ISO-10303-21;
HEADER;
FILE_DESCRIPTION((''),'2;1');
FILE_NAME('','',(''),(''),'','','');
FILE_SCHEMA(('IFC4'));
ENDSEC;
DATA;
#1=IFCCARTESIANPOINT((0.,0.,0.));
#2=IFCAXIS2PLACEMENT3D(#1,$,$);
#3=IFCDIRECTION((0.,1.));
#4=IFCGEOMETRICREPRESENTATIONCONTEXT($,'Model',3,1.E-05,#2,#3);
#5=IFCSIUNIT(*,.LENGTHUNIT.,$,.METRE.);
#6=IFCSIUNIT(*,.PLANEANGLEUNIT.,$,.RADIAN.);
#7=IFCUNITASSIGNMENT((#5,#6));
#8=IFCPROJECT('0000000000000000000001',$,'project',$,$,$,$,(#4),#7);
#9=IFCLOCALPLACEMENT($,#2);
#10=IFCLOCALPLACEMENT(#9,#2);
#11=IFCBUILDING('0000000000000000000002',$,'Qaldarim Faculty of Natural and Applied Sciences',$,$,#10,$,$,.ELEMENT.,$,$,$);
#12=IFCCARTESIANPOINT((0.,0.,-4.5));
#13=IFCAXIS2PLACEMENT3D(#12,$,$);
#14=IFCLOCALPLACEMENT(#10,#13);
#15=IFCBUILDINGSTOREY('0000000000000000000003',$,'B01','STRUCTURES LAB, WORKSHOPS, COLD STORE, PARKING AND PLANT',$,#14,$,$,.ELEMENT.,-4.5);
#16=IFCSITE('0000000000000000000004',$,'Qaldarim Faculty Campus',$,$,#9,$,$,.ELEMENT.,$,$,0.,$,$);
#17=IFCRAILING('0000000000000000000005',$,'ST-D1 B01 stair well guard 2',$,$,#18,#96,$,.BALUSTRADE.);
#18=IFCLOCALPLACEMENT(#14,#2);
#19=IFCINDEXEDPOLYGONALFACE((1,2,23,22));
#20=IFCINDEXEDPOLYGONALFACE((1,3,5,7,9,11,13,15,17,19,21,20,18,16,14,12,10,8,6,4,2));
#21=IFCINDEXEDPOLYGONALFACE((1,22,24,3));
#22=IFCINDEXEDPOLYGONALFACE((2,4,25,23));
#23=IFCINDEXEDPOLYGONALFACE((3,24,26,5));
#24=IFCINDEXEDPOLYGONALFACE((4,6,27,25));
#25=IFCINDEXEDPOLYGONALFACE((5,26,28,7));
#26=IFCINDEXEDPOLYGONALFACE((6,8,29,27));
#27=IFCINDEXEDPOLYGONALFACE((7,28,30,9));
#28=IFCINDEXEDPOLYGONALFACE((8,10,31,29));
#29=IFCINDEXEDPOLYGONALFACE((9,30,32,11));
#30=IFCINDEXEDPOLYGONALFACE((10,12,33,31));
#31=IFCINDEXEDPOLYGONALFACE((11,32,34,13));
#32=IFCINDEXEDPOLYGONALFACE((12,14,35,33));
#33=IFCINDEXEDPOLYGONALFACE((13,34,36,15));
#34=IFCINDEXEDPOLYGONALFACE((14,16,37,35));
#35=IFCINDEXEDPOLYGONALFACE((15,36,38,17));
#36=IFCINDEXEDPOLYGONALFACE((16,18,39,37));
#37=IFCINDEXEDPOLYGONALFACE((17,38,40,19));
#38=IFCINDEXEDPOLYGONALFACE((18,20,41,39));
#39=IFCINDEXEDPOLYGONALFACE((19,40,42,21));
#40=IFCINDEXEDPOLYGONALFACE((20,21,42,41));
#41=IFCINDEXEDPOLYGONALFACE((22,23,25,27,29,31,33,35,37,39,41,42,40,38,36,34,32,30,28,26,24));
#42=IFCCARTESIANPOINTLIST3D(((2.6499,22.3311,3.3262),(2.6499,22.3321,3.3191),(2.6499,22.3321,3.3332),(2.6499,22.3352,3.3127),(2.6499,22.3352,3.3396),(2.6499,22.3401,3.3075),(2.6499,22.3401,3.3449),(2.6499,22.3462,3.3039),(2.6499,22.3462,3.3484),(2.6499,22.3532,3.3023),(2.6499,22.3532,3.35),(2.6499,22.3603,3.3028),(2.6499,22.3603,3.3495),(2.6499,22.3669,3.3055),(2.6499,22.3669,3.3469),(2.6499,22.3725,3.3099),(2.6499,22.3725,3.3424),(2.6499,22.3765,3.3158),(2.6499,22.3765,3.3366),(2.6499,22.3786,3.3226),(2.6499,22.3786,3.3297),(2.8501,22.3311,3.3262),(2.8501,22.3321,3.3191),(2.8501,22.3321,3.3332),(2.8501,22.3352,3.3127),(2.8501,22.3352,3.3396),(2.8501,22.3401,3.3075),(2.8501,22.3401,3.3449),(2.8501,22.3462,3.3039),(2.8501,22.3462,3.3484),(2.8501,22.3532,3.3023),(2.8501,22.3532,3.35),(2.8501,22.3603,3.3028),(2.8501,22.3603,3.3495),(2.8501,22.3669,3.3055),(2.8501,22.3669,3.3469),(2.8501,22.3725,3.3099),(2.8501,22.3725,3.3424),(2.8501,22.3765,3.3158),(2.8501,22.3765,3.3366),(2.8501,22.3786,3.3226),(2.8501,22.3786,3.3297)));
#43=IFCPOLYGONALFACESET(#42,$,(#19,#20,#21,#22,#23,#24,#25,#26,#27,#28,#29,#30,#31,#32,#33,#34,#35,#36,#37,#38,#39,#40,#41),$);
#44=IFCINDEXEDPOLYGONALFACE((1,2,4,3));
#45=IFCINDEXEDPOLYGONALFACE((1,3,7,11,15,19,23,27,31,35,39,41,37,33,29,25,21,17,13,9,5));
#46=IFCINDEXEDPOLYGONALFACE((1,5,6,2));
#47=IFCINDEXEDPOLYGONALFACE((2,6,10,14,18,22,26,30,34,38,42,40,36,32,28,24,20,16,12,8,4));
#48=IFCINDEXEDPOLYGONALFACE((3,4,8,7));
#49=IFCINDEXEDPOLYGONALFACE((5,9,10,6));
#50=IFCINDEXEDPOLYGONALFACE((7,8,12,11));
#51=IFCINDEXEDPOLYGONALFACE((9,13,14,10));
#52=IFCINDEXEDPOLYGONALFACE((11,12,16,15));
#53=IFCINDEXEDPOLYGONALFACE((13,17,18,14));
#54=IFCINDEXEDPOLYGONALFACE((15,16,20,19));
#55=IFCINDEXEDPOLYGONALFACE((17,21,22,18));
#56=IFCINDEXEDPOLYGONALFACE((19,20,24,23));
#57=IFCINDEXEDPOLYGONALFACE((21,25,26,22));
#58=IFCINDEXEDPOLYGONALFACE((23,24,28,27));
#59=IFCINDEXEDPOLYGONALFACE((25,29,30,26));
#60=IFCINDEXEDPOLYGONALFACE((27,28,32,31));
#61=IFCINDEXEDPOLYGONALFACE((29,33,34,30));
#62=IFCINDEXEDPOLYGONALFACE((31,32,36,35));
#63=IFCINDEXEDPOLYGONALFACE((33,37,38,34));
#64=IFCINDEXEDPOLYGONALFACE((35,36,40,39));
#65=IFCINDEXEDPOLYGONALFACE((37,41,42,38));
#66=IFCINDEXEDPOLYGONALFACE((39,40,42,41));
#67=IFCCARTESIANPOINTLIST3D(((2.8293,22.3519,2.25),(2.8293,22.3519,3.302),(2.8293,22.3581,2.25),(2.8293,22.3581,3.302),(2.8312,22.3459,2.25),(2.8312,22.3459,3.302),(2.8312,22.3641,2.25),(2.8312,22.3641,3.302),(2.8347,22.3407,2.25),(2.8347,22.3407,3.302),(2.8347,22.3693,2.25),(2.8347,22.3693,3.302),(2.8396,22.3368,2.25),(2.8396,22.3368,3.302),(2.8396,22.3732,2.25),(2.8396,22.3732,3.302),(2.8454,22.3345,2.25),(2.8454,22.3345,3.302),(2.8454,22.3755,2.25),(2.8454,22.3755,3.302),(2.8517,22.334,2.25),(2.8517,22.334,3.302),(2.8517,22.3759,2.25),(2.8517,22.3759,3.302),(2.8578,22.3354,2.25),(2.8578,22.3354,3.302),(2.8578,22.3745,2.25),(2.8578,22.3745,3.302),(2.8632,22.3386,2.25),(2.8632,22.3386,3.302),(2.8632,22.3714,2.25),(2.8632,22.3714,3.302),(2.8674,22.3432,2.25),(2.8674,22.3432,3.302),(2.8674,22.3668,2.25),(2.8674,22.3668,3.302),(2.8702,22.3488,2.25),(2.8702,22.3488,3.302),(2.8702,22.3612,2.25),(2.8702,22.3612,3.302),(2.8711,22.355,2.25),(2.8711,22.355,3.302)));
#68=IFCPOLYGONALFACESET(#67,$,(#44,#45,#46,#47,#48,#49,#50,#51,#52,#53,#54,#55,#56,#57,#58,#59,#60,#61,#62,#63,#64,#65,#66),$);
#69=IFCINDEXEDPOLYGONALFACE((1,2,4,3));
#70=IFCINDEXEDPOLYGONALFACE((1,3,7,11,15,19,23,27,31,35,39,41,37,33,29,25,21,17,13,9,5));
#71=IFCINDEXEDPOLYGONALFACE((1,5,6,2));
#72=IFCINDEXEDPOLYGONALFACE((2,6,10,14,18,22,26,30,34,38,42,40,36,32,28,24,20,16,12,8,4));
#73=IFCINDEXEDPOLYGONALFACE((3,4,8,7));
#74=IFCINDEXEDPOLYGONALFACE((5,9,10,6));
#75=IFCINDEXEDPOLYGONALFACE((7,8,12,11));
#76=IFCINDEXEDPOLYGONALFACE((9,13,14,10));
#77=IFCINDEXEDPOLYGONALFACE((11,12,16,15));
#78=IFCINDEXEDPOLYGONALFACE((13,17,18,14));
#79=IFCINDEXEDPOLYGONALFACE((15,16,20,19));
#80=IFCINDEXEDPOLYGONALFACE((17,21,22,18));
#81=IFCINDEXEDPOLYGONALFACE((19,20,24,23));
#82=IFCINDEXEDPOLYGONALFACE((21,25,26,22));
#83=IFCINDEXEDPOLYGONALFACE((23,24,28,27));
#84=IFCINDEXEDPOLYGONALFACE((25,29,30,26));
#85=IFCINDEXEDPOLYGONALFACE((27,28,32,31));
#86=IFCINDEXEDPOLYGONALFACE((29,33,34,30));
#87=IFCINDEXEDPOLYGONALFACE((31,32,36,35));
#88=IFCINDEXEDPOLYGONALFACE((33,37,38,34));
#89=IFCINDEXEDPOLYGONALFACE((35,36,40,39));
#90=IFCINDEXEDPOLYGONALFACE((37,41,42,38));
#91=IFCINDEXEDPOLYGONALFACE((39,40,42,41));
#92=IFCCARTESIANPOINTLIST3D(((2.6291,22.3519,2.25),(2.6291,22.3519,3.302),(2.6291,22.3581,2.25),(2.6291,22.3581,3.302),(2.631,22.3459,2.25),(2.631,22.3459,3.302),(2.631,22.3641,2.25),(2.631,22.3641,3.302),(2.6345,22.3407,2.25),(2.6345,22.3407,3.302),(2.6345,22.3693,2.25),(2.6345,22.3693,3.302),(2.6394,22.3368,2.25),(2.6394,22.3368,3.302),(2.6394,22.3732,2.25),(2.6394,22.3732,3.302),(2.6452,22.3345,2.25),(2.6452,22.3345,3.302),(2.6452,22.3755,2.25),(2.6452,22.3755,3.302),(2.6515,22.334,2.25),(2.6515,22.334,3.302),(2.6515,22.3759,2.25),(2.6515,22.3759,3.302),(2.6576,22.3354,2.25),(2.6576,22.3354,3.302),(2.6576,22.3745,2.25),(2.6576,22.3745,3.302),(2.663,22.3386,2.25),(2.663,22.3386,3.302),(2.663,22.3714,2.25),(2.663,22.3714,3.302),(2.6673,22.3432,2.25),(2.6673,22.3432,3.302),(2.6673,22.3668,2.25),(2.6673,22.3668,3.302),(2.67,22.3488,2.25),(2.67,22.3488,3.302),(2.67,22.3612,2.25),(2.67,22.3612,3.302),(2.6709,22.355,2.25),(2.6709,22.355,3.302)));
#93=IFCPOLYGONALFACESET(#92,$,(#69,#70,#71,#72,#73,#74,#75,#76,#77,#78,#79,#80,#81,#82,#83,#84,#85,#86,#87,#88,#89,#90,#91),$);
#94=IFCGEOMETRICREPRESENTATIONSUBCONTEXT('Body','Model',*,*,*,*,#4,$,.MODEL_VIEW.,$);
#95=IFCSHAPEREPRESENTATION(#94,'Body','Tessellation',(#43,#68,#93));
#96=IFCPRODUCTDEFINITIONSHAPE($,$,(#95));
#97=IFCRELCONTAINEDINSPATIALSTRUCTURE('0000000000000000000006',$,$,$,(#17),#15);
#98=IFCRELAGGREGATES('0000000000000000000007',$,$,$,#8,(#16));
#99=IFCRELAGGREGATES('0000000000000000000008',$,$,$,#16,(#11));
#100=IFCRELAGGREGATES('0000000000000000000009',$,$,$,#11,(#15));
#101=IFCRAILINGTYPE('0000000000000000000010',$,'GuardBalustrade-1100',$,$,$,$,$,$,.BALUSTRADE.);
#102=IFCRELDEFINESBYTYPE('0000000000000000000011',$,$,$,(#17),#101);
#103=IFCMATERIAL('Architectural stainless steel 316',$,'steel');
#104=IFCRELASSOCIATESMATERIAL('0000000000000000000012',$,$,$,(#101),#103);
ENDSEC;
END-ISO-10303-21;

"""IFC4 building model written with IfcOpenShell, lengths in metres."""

from ifc_helpers import new_model, si_unit, direction, frame, origin, origin_2d, place, context, subcontext, project, spatial, circle, extrude, material, type_object, element, save


model = new_model("IFC4")

# Units and contexts
model_context = context("Model", 3, precision=1e-05, world=origin(), true_north=direction((0.0, 1.0)))
body_context = subcontext(model_context, "Body", "Model", "MODEL_VIEW")
ifc_project = project(units=[si_unit("LENGTHUNIT", "METRE"), si_unit("PLANEANGLEUNIT", "RADIAN")], contexts=[model_context])

# Site, building, storey
site_placement = place(None, origin())
site = spatial("IfcSite", under=ifc_project, at=site_placement, Name="Qaldarim Faculty Campus", CompositionType="ELEMENT", RefElevation=0.0)
building_placement = place(site_placement, origin())
building = spatial("IfcBuilding", under=site, at=building_placement, Name="Qaldarim Faculty of Natural and Applied Sciences", CompositionType="ELEMENT")
storey_placement = place(building_placement, frame((0.0, 0.0, -4.5)))
storey = spatial("IfcBuildingStorey", under=building, at=storey_placement, Name="B01", Description="STRUCTURES LAB, WORKSHOPS, COLD STORE, PARKING AND PLANT", CompositionType="ELEMENT", Elevation=-4.5)

# Railing
ifc_material_1 = material(Name="Architectural stainless steel 316", Category="steel")
railing_type_1 = type_object("IfcRailingType", Name="GuardBalustrade-1100", PredefinedType="BALUSTRADE", material=ifc_material_1)
railing_1_placement = place(storey_placement, frame((2.8501, 22.355, 2.25)))
element("IfcRailing", 1, at=railing_1_placement, inside=storey, type_object=railing_type_1, Name="ST-D1 B01 stair well guard 2", PredefinedType="BALUSTRADE", context=body_context, shape_type="SweptSolid", body=[
    extrude(circle(Radius=0.0239, at=origin_2d()), frame((0.0, 0.0, 1.0762), z_axis=(-1.0, 0.0, 0.0), x_axis=(0.0, -1.0, 0.0)), (0.0, 0.0, 1.0), 0.2002),
    extrude(circle(Radius=0.021, at=origin_2d()), origin(), (0.0, 0.0, 1.0), 1.052),
    extrude(circle(Radius=0.021, at=origin_2d()), frame((-0.2002, 0.0, 0.0)), (0.0, 0.0, 1.0), 1.052),
])

save(model, "model.ifc")
